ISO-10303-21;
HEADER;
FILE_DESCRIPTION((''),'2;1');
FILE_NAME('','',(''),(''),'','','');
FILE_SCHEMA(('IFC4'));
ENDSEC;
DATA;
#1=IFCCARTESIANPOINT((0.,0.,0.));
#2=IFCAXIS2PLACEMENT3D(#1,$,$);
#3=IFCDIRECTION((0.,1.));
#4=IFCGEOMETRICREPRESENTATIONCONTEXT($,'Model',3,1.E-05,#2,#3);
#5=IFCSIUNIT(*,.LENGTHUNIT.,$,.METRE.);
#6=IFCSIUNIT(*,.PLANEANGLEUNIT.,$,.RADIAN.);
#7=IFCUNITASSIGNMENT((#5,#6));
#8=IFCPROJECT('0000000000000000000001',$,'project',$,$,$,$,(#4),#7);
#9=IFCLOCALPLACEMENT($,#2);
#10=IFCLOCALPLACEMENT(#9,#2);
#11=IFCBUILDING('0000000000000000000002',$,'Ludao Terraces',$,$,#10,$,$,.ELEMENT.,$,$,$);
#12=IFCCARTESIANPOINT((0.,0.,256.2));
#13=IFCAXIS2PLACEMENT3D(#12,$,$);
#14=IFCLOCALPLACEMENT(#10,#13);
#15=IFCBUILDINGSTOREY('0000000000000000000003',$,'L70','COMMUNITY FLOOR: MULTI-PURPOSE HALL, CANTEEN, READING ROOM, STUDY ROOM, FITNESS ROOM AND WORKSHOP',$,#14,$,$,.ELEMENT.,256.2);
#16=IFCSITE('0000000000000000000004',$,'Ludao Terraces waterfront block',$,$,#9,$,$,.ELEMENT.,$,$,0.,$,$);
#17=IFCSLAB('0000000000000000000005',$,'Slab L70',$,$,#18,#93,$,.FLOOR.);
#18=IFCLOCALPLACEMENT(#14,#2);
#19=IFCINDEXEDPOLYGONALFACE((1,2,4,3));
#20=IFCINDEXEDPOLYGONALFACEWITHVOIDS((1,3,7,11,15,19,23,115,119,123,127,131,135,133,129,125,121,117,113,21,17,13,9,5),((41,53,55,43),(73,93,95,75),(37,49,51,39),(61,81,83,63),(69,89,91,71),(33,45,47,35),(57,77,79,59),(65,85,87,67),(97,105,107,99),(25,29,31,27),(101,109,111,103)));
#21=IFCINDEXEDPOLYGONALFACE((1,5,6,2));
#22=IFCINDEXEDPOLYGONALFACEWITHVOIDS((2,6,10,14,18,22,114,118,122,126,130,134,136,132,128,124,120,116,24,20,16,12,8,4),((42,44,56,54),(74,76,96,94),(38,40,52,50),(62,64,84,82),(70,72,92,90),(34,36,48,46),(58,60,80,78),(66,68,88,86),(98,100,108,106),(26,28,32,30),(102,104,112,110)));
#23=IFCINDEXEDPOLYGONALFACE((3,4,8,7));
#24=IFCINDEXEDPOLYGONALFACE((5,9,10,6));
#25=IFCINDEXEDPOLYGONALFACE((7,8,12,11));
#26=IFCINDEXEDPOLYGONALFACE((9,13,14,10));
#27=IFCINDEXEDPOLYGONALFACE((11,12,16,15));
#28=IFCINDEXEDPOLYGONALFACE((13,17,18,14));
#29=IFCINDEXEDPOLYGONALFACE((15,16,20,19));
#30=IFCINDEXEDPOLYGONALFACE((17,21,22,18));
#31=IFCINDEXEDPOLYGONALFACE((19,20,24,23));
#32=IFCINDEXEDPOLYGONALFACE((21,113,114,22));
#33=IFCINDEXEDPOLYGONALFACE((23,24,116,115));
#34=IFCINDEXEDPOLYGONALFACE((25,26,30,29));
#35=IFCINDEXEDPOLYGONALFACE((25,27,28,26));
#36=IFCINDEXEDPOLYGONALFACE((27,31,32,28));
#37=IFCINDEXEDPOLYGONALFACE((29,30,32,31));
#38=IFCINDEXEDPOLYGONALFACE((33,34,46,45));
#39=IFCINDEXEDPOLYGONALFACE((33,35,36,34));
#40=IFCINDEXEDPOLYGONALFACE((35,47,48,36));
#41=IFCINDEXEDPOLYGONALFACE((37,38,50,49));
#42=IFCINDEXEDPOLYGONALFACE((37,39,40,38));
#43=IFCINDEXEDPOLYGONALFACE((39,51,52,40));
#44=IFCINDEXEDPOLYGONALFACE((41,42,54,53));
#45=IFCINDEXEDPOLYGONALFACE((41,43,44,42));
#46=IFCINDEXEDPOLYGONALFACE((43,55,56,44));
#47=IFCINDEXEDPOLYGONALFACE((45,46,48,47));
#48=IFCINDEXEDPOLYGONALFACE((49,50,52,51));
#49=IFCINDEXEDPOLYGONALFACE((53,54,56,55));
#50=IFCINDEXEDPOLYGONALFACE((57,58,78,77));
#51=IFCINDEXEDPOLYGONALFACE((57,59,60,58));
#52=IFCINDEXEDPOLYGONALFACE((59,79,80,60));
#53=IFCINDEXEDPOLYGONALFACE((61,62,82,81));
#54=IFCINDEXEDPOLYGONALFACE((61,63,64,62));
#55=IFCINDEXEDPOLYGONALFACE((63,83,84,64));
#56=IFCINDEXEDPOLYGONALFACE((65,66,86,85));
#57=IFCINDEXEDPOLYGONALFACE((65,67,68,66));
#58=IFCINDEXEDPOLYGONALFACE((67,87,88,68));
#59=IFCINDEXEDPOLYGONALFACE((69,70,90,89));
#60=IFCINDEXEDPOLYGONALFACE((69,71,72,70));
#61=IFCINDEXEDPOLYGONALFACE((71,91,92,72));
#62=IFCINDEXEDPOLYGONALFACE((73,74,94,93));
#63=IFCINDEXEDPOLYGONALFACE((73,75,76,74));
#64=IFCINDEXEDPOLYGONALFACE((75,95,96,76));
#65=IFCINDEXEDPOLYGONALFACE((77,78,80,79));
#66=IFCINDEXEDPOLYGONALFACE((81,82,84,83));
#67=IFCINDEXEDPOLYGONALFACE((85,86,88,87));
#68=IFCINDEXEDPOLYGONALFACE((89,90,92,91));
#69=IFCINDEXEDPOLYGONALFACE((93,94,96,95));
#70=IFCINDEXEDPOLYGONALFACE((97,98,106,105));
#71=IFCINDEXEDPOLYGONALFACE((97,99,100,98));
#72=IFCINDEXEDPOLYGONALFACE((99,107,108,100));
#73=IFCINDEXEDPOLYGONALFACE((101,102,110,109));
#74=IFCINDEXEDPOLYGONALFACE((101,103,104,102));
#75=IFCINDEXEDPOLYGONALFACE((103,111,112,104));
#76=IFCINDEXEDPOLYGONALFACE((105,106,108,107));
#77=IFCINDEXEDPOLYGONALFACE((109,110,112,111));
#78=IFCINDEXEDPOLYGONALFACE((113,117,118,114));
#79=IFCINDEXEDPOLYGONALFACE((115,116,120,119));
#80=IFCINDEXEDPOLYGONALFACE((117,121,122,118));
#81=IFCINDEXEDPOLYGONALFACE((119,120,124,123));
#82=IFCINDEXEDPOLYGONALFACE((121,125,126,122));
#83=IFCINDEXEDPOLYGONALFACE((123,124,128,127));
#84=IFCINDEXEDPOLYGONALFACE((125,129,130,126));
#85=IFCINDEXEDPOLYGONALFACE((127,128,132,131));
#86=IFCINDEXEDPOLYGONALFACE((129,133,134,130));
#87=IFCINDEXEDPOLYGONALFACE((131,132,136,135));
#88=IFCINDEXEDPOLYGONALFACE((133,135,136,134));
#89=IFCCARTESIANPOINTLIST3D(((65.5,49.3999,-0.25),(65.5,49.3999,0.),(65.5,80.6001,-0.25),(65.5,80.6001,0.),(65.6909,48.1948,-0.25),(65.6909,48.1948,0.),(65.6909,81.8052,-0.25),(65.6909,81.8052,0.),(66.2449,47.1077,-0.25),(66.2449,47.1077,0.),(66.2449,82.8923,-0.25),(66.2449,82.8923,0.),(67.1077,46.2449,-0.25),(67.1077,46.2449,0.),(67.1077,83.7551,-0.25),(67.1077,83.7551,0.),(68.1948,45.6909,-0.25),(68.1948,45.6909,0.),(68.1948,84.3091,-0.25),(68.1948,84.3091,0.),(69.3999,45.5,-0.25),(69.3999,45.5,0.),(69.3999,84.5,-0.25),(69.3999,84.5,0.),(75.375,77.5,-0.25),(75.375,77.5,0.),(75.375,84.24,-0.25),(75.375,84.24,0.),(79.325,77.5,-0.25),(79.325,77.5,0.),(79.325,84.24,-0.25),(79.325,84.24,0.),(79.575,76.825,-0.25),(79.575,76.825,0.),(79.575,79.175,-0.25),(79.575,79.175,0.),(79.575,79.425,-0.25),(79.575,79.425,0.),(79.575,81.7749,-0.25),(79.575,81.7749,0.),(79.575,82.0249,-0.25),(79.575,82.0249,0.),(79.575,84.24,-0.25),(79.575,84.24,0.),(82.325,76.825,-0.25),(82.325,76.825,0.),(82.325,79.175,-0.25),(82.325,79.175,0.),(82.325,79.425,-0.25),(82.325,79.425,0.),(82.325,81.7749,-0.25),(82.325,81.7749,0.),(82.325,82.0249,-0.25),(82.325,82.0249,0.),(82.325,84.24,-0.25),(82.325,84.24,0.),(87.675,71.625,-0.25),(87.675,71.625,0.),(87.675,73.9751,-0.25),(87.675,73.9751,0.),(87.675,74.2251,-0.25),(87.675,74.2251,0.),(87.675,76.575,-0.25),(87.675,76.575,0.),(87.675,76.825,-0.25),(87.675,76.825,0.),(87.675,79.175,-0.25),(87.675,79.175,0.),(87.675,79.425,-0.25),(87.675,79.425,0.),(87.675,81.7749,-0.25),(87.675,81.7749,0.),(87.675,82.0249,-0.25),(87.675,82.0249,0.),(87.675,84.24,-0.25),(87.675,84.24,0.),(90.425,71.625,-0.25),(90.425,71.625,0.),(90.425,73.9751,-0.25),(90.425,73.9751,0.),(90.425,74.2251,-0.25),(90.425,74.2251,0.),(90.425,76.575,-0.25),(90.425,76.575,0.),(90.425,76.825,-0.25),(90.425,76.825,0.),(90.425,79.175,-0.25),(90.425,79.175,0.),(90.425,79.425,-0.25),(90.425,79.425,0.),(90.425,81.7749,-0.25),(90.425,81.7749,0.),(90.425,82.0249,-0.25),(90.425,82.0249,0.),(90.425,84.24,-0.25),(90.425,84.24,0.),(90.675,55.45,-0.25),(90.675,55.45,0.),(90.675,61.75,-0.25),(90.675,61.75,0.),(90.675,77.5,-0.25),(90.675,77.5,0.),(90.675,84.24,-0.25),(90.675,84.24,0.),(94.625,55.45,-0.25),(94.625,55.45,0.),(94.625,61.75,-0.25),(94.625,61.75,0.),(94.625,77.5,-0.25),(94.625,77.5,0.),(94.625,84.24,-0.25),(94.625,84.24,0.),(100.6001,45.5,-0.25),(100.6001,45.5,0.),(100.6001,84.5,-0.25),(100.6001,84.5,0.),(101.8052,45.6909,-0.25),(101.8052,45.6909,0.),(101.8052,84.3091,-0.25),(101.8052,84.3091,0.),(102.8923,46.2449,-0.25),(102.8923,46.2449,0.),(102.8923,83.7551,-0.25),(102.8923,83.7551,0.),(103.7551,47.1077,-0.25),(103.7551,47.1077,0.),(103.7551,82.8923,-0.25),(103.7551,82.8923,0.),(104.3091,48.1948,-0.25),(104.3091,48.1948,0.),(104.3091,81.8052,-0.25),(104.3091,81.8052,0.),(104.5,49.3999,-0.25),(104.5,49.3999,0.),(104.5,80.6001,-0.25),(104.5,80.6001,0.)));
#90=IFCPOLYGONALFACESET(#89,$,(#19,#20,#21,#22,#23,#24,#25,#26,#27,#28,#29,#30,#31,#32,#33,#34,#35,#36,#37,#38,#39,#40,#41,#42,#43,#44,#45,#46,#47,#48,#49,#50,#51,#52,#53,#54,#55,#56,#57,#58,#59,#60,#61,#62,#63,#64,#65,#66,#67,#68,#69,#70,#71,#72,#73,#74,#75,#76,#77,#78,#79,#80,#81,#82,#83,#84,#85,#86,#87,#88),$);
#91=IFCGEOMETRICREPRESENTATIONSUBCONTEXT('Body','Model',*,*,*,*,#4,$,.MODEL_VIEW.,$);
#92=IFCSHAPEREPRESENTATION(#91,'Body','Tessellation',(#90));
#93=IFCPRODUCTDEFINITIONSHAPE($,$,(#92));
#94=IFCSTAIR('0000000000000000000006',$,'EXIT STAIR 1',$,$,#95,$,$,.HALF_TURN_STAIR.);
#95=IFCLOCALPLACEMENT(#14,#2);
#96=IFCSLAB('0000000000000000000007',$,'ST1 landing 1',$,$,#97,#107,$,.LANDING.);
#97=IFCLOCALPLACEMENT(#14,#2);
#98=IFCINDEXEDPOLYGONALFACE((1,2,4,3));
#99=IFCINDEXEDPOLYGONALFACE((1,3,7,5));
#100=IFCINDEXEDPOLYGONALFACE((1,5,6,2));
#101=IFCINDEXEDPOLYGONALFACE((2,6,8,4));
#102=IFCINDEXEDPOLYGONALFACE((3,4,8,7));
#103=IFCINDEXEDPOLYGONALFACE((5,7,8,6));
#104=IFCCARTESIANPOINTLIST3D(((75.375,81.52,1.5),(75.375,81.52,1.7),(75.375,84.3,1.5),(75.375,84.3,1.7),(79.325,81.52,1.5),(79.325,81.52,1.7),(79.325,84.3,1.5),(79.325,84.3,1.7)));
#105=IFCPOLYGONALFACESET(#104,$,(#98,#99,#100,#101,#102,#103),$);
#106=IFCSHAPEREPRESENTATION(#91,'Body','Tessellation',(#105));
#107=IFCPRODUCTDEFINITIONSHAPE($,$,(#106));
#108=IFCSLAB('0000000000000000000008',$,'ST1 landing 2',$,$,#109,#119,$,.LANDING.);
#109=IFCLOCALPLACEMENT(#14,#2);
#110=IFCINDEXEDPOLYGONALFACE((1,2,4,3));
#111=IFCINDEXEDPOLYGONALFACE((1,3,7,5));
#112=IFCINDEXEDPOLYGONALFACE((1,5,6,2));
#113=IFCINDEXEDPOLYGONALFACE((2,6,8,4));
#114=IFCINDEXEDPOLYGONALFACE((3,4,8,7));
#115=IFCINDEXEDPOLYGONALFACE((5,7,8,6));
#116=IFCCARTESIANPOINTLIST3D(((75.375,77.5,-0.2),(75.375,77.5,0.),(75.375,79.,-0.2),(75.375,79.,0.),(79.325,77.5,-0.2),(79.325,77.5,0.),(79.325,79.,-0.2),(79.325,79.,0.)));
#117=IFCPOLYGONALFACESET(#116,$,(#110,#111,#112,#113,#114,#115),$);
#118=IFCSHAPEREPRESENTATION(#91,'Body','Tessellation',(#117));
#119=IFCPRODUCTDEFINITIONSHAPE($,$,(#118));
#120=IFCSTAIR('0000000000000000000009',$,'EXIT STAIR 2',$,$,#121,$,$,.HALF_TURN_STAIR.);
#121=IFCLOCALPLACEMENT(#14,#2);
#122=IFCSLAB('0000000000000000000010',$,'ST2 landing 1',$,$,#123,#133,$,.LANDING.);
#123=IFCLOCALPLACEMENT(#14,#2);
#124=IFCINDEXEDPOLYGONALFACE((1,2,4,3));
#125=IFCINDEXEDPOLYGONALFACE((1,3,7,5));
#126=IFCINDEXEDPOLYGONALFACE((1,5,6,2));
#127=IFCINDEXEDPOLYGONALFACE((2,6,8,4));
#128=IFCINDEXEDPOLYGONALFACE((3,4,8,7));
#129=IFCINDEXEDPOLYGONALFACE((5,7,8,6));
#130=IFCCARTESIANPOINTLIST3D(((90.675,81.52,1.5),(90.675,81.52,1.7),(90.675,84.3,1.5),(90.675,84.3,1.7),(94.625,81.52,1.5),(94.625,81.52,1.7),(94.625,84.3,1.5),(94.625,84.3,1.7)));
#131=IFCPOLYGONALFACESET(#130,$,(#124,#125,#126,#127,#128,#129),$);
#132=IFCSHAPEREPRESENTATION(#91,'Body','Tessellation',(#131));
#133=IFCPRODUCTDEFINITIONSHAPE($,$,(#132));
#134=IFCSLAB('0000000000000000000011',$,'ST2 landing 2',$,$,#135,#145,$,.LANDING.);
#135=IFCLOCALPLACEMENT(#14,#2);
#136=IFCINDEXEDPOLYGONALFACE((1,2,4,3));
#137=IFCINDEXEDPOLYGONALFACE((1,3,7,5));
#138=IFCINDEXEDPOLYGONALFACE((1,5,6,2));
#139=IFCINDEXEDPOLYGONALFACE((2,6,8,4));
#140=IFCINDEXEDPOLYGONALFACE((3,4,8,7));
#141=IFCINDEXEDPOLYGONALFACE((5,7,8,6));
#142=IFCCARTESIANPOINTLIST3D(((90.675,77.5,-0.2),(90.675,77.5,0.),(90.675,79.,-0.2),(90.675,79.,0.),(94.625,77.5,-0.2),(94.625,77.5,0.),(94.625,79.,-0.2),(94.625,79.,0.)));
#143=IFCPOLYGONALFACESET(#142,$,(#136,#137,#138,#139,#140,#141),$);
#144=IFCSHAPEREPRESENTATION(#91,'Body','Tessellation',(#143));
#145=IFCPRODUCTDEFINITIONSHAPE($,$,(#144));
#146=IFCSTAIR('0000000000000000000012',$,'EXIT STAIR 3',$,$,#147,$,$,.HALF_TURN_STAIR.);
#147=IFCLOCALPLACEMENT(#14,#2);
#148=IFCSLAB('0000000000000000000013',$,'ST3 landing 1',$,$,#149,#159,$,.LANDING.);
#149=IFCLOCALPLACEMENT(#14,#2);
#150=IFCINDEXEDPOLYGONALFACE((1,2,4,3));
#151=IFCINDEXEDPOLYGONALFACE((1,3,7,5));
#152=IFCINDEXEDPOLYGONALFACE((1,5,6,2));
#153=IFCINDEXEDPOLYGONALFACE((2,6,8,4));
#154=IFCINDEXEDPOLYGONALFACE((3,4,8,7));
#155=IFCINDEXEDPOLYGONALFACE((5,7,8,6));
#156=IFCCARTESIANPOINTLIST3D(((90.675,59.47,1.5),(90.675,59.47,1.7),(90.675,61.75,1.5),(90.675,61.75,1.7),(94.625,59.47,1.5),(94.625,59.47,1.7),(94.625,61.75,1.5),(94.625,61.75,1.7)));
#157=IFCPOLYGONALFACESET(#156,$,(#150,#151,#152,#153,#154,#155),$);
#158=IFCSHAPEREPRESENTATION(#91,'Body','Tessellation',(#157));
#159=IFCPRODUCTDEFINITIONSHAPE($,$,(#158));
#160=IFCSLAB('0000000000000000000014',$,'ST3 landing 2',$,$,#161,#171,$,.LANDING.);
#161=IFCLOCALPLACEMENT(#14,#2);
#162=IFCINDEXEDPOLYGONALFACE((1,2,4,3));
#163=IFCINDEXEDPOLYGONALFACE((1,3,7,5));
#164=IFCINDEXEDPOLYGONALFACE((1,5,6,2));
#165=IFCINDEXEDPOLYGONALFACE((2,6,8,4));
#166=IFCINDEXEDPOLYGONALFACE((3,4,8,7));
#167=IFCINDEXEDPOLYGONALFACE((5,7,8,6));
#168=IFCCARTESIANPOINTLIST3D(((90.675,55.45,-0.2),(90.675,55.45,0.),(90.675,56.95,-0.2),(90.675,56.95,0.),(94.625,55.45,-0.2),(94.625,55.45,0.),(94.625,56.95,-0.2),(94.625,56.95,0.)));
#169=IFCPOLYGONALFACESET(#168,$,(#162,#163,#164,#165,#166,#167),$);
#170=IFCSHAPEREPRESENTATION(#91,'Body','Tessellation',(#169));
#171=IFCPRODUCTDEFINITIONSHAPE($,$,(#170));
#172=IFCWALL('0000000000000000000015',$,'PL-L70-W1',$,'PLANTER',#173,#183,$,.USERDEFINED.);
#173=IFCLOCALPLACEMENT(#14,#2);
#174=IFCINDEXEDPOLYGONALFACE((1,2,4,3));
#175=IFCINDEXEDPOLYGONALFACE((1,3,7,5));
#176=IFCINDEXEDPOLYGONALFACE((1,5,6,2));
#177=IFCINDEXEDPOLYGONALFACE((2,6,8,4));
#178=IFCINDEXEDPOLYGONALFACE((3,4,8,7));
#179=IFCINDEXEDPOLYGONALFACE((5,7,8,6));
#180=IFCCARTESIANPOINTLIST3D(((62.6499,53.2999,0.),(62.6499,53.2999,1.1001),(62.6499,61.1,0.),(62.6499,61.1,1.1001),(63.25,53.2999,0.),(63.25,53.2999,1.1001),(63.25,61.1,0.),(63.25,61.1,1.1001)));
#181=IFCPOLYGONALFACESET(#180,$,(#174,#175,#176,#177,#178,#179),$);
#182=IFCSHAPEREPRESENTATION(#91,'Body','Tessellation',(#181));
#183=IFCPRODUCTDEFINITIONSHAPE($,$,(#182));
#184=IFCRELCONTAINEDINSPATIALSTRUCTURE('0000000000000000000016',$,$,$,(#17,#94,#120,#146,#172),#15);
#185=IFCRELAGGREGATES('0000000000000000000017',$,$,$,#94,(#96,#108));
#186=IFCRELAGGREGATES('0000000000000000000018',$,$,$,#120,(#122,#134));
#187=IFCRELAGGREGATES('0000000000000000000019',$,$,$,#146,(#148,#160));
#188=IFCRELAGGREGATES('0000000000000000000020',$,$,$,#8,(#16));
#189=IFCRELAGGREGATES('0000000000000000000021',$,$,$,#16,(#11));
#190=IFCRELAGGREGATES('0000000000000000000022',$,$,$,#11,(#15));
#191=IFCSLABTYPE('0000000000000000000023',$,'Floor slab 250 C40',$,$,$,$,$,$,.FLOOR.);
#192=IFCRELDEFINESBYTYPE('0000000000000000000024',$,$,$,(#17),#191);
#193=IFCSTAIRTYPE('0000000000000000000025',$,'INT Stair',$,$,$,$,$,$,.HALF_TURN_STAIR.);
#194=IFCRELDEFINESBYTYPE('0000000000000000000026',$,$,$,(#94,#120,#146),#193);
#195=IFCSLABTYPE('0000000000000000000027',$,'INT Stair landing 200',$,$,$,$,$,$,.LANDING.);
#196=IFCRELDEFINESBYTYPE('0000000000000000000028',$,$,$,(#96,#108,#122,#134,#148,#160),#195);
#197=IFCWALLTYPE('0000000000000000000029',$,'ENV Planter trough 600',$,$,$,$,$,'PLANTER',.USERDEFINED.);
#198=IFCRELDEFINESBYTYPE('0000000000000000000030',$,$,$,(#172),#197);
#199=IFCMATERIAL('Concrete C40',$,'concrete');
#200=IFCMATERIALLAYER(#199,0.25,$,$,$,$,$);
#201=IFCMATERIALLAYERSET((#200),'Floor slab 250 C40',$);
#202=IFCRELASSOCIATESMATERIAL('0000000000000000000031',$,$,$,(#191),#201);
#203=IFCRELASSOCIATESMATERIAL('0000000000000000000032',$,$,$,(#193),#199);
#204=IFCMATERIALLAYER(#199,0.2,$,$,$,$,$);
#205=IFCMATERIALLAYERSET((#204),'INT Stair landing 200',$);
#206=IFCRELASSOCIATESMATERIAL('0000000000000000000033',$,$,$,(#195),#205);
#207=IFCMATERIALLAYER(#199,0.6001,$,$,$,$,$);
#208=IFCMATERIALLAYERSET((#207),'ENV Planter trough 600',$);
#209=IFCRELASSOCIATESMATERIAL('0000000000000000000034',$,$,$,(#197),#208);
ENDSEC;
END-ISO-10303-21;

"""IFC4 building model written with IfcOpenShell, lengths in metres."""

from ifc_helpers import new_model, si_unit, direction, frame, frame_2d, origin, place, context, subcontext, project, spatial, polyline, rectangle, outline, extrude, material, layer, layer_set, type_object, element, aggregate, save


model = new_model("IFC4")

# Units and contexts
model_context = context("Model", 3, precision=1e-05, world=origin(), true_north=direction((0.0, 1.0)))
body_context = subcontext(model_context, "Body", "Model", "MODEL_VIEW")
ifc_project = project(units=[si_unit("LENGTHUNIT", "METRE"), si_unit("PLANEANGLEUNIT", "RADIAN")], contexts=[model_context])

# Site, building, storey
site_placement = place(None, origin())
site = spatial("IfcSite", under=ifc_project, at=site_placement, Name="Ludao Terraces waterfront block", CompositionType="ELEMENT", RefElevation=0.0)
building_placement = place(site_placement, origin())
building = spatial("IfcBuilding", under=site, at=building_placement, Name="Ludao Terraces", CompositionType="ELEMENT")
storey_placement = place(building_placement, frame((0.0, 0.0, 256.2)))
storey = spatial("IfcBuildingStorey", under=building, at=storey_placement, Name="L70", Description="COMMUNITY FLOOR: MULTI-PURPOSE HALL, CANTEEN, READING ROOM, STUDY ROOM, FITNESS ROOM AND WORKSHOP", CompositionType="ELEMENT", Elevation=256.2)

# Shared definitions
ifc_material_1 = material(Name="Concrete C40", Category="concrete")

# Slab
ifc_layer_1 = layer(ifc_material_1, 0.25)
ifc_layer_set_1 = layer_set([ifc_layer_1], Name="Floor slab 250 C40")
slab_type_1 = type_object("IfcSlabType", Name="Floor slab 250 C40", PredefinedType="FLOOR", material=ifc_layer_set_1)
slab_1_placement = place(storey_placement, frame((0.0, 0.0, -0.25)))
element("IfcSlab", 1, at=slab_1_placement, inside=storey, type_object=slab_type_1, Name="Slab L70", PredefinedType="FLOOR", context=body_context, shape_type="SweptSolid", body=[
    extrude(outline(polyline([(100.6001, 45.5), (101.8052, 45.6909), (102.8923, 46.2449), (103.7551, 47.1077), (104.3091, 48.1948), (104.5, 49.3999), (104.5, 80.6001), (104.3091, 81.8052), (103.7551, 82.8923), (102.8923, 83.7551), (101.8052, 84.3091), (100.6001, 84.5), (69.3999, 84.5), (68.1948, 84.3091), (67.1077, 83.7551), (66.2449, 82.8923), (65.6909, 81.8052), (65.5, 80.6001), (65.5, 49.3999), (65.6909, 48.1948), (66.2449, 47.1077), (67.1077, 46.2449), (68.1948, 45.6909), (69.3999, 45.5), (100.6001, 45.5)]), holes=[polyline([(79.575, 76.825), (82.325, 76.825), (82.325, 79.175), (79.575, 79.175), (79.575, 76.825)]), polyline([(79.575, 79.425), (82.325, 79.425), (82.325, 81.7749), (79.575, 81.7749), (79.575, 79.425)]), polyline([(79.575, 82.0249), (82.325, 82.0249), (82.325, 84.24), (79.575, 84.24), (79.575, 82.0249)]), polyline([(87.675, 71.625), (90.425, 71.625), (90.425, 73.9751), (87.675, 73.9751), (87.675, 71.625)]), polyline([(87.675, 74.2251), (90.425, 74.2251), (90.425, 76.575), (87.675, 76.575), (87.675, 74.2251)]), polyline([(87.675, 76.825), (90.425, 76.825), (90.425, 79.175), (87.675, 79.175), (87.675, 76.825)]), polyline([(87.675, 79.425), (90.425, 79.425), (90.425, 81.7749), (87.675, 81.7749), (87.675, 79.425)]), polyline([(87.675, 82.0249), (90.425, 82.0249), (90.425, 84.24), (87.675, 84.24), (87.675, 82.0249)]), polyline([(75.375, 77.5), (79.325, 77.5), (79.325, 84.24), (75.375, 84.24), (75.375, 77.5)]), polyline([(90.675, 77.5), (94.625, 77.5), (94.625, 84.24), (90.675, 84.24), (90.675, 77.5)]), polyline([(90.675, 55.45), (94.625, 55.45), (94.625, 61.75), (90.675, 61.75), (90.675, 55.45)])]), origin(), (0.0, 0.0, 1.0), 0.25),
])

# Stairs, slabs
stair_type = type_object("IfcStairType", Name="INT Stair", PredefinedType="HALF_TURN_STAIR", material=ifc_material_1)
stair_1_placement = place(storey_placement, origin())
stair_1 = element("IfcStair", 2, at=stair_1_placement, inside=storey, type_object=stair_type, Name="EXIT STAIR 1", PredefinedType="HALF_TURN_STAIR")
ifc_layer_2 = layer(ifc_material_1, 0.2)
ifc_layer_set_2 = layer_set([ifc_layer_2], Name="INT Stair landing 200")
slab_type_2 = type_object("IfcSlabType", Name="INT Stair landing 200", PredefinedType="LANDING", material=ifc_layer_set_2)
slab_2_placement = place(storey_placement, frame((0.0, 0.0, 1.5)))
slab_2 = element("IfcSlab", 3, at=slab_2_placement, type_object=slab_type_2, Name="ST1 landing 1", PredefinedType="LANDING", context=body_context, shape_type="SweptSolid", body=[
    extrude(outline(polyline([(75.375, 81.52), (79.325, 81.52), (79.325, 84.3), (75.375, 84.3), (75.375, 81.52)])), origin(), (0.0, 0.0, 1.0), 0.2),
])
slab_3_placement = place(storey_placement, frame((0.0, 0.0, -0.2)))
slab_3 = element("IfcSlab", 4, at=slab_3_placement, type_object=slab_type_2, Name="ST1 landing 2", PredefinedType="LANDING", context=body_context, shape_type="SweptSolid", body=[
    extrude(outline(polyline([(75.375, 77.5), (79.325, 77.5), (79.325, 79.0), (75.375, 79.0), (75.375, 77.5)])), origin(), (0.0, 0.0, 1.0), 0.2),
])
aggregate(stair_1, [slab_2, slab_3])
stair_2_placement = place(storey_placement, origin())
stair_2 = element("IfcStair", 5, at=stair_2_placement, inside=storey, type_object=stair_type, Name="EXIT STAIR 2", PredefinedType="HALF_TURN_STAIR")
slab_4_placement = place(storey_placement, frame((0.0, 0.0, 1.5)))
slab_4 = element("IfcSlab", 6, at=slab_4_placement, type_object=slab_type_2, Name="ST2 landing 1", PredefinedType="LANDING", context=body_context, shape_type="SweptSolid", body=[
    extrude(outline(polyline([(90.675, 81.52), (94.625, 81.52), (94.625, 84.3), (90.675, 84.3), (90.675, 81.52)])), origin(), (0.0, 0.0, 1.0), 0.2),
])
slab_5_placement = place(storey_placement, frame((0.0, 0.0, -0.2)))
slab_5 = element("IfcSlab", 7, at=slab_5_placement, type_object=slab_type_2, Name="ST2 landing 2", PredefinedType="LANDING", context=body_context, shape_type="SweptSolid", body=[
    extrude(outline(polyline([(90.675, 77.5), (94.625, 77.5), (94.625, 79.0), (90.675, 79.0), (90.675, 77.5)])), origin(), (0.0, 0.0, 1.0), 0.2),
])
aggregate(stair_2, [slab_4, slab_5])
stair_3_placement = place(storey_placement, origin())
stair_3 = element("IfcStair", 8, at=stair_3_placement, inside=storey, type_object=stair_type, Name="EXIT STAIR 3", PredefinedType="HALF_TURN_STAIR")
slab_6_placement = place(storey_placement, frame((0.0, 0.0, 1.5)))
slab_6 = element("IfcSlab", 9, at=slab_6_placement, type_object=slab_type_2, Name="ST3 landing 1", PredefinedType="LANDING", context=body_context, shape_type="SweptSolid", body=[
    extrude(outline(polyline([(90.675, 59.47), (94.625, 59.47), (94.625, 61.75), (90.675, 61.75), (90.675, 59.47)])), origin(), (0.0, 0.0, 1.0), 0.2),
])
slab_7_placement = place(storey_placement, frame((0.0, 0.0, -0.2)))
slab_7 = element("IfcSlab", 10, at=slab_7_placement, type_object=slab_type_2, Name="ST3 landing 2", PredefinedType="LANDING", context=body_context, shape_type="SweptSolid", body=[
    extrude(outline(polyline([(90.675, 55.45), (94.625, 55.45), (94.625, 56.95), (90.675, 56.95), (90.675, 55.45)])), origin(), (0.0, 0.0, 1.0), 0.2),
])
aggregate(stair_3, [slab_6, slab_7])

# Wall
ifc_layer_3 = layer(ifc_material_1, 0.6001)
ifc_layer_set_3 = layer_set([ifc_layer_3], Name="ENV Planter trough 600")
wall_type = type_object("IfcWallType", Name="ENV Planter trough 600", ElementType="PLANTER", PredefinedType="USERDEFINED", material=ifc_layer_set_3)
wall_1_placement = place(storey_placement, frame((62.95, 53.3, 0.0), z_axis=(0.0, 0.0, 1.0), x_axis=(0.0, 1.0, 0.0)))
element("IfcWall", 11, at=wall_1_placement, inside=storey, type_object=wall_type, Name="PL-L70-W1", ObjectType="PLANTER", PredefinedType="USERDEFINED", context=body_context, shape_type="SweptSolid", body=[
    extrude(rectangle(XDim=7.8, YDim=0.6001, at=frame_2d((3.8999, 0.0))), origin(), (0.0, 0.0, 1.0), 1.1001),
])

save(model, "model.ifc")
